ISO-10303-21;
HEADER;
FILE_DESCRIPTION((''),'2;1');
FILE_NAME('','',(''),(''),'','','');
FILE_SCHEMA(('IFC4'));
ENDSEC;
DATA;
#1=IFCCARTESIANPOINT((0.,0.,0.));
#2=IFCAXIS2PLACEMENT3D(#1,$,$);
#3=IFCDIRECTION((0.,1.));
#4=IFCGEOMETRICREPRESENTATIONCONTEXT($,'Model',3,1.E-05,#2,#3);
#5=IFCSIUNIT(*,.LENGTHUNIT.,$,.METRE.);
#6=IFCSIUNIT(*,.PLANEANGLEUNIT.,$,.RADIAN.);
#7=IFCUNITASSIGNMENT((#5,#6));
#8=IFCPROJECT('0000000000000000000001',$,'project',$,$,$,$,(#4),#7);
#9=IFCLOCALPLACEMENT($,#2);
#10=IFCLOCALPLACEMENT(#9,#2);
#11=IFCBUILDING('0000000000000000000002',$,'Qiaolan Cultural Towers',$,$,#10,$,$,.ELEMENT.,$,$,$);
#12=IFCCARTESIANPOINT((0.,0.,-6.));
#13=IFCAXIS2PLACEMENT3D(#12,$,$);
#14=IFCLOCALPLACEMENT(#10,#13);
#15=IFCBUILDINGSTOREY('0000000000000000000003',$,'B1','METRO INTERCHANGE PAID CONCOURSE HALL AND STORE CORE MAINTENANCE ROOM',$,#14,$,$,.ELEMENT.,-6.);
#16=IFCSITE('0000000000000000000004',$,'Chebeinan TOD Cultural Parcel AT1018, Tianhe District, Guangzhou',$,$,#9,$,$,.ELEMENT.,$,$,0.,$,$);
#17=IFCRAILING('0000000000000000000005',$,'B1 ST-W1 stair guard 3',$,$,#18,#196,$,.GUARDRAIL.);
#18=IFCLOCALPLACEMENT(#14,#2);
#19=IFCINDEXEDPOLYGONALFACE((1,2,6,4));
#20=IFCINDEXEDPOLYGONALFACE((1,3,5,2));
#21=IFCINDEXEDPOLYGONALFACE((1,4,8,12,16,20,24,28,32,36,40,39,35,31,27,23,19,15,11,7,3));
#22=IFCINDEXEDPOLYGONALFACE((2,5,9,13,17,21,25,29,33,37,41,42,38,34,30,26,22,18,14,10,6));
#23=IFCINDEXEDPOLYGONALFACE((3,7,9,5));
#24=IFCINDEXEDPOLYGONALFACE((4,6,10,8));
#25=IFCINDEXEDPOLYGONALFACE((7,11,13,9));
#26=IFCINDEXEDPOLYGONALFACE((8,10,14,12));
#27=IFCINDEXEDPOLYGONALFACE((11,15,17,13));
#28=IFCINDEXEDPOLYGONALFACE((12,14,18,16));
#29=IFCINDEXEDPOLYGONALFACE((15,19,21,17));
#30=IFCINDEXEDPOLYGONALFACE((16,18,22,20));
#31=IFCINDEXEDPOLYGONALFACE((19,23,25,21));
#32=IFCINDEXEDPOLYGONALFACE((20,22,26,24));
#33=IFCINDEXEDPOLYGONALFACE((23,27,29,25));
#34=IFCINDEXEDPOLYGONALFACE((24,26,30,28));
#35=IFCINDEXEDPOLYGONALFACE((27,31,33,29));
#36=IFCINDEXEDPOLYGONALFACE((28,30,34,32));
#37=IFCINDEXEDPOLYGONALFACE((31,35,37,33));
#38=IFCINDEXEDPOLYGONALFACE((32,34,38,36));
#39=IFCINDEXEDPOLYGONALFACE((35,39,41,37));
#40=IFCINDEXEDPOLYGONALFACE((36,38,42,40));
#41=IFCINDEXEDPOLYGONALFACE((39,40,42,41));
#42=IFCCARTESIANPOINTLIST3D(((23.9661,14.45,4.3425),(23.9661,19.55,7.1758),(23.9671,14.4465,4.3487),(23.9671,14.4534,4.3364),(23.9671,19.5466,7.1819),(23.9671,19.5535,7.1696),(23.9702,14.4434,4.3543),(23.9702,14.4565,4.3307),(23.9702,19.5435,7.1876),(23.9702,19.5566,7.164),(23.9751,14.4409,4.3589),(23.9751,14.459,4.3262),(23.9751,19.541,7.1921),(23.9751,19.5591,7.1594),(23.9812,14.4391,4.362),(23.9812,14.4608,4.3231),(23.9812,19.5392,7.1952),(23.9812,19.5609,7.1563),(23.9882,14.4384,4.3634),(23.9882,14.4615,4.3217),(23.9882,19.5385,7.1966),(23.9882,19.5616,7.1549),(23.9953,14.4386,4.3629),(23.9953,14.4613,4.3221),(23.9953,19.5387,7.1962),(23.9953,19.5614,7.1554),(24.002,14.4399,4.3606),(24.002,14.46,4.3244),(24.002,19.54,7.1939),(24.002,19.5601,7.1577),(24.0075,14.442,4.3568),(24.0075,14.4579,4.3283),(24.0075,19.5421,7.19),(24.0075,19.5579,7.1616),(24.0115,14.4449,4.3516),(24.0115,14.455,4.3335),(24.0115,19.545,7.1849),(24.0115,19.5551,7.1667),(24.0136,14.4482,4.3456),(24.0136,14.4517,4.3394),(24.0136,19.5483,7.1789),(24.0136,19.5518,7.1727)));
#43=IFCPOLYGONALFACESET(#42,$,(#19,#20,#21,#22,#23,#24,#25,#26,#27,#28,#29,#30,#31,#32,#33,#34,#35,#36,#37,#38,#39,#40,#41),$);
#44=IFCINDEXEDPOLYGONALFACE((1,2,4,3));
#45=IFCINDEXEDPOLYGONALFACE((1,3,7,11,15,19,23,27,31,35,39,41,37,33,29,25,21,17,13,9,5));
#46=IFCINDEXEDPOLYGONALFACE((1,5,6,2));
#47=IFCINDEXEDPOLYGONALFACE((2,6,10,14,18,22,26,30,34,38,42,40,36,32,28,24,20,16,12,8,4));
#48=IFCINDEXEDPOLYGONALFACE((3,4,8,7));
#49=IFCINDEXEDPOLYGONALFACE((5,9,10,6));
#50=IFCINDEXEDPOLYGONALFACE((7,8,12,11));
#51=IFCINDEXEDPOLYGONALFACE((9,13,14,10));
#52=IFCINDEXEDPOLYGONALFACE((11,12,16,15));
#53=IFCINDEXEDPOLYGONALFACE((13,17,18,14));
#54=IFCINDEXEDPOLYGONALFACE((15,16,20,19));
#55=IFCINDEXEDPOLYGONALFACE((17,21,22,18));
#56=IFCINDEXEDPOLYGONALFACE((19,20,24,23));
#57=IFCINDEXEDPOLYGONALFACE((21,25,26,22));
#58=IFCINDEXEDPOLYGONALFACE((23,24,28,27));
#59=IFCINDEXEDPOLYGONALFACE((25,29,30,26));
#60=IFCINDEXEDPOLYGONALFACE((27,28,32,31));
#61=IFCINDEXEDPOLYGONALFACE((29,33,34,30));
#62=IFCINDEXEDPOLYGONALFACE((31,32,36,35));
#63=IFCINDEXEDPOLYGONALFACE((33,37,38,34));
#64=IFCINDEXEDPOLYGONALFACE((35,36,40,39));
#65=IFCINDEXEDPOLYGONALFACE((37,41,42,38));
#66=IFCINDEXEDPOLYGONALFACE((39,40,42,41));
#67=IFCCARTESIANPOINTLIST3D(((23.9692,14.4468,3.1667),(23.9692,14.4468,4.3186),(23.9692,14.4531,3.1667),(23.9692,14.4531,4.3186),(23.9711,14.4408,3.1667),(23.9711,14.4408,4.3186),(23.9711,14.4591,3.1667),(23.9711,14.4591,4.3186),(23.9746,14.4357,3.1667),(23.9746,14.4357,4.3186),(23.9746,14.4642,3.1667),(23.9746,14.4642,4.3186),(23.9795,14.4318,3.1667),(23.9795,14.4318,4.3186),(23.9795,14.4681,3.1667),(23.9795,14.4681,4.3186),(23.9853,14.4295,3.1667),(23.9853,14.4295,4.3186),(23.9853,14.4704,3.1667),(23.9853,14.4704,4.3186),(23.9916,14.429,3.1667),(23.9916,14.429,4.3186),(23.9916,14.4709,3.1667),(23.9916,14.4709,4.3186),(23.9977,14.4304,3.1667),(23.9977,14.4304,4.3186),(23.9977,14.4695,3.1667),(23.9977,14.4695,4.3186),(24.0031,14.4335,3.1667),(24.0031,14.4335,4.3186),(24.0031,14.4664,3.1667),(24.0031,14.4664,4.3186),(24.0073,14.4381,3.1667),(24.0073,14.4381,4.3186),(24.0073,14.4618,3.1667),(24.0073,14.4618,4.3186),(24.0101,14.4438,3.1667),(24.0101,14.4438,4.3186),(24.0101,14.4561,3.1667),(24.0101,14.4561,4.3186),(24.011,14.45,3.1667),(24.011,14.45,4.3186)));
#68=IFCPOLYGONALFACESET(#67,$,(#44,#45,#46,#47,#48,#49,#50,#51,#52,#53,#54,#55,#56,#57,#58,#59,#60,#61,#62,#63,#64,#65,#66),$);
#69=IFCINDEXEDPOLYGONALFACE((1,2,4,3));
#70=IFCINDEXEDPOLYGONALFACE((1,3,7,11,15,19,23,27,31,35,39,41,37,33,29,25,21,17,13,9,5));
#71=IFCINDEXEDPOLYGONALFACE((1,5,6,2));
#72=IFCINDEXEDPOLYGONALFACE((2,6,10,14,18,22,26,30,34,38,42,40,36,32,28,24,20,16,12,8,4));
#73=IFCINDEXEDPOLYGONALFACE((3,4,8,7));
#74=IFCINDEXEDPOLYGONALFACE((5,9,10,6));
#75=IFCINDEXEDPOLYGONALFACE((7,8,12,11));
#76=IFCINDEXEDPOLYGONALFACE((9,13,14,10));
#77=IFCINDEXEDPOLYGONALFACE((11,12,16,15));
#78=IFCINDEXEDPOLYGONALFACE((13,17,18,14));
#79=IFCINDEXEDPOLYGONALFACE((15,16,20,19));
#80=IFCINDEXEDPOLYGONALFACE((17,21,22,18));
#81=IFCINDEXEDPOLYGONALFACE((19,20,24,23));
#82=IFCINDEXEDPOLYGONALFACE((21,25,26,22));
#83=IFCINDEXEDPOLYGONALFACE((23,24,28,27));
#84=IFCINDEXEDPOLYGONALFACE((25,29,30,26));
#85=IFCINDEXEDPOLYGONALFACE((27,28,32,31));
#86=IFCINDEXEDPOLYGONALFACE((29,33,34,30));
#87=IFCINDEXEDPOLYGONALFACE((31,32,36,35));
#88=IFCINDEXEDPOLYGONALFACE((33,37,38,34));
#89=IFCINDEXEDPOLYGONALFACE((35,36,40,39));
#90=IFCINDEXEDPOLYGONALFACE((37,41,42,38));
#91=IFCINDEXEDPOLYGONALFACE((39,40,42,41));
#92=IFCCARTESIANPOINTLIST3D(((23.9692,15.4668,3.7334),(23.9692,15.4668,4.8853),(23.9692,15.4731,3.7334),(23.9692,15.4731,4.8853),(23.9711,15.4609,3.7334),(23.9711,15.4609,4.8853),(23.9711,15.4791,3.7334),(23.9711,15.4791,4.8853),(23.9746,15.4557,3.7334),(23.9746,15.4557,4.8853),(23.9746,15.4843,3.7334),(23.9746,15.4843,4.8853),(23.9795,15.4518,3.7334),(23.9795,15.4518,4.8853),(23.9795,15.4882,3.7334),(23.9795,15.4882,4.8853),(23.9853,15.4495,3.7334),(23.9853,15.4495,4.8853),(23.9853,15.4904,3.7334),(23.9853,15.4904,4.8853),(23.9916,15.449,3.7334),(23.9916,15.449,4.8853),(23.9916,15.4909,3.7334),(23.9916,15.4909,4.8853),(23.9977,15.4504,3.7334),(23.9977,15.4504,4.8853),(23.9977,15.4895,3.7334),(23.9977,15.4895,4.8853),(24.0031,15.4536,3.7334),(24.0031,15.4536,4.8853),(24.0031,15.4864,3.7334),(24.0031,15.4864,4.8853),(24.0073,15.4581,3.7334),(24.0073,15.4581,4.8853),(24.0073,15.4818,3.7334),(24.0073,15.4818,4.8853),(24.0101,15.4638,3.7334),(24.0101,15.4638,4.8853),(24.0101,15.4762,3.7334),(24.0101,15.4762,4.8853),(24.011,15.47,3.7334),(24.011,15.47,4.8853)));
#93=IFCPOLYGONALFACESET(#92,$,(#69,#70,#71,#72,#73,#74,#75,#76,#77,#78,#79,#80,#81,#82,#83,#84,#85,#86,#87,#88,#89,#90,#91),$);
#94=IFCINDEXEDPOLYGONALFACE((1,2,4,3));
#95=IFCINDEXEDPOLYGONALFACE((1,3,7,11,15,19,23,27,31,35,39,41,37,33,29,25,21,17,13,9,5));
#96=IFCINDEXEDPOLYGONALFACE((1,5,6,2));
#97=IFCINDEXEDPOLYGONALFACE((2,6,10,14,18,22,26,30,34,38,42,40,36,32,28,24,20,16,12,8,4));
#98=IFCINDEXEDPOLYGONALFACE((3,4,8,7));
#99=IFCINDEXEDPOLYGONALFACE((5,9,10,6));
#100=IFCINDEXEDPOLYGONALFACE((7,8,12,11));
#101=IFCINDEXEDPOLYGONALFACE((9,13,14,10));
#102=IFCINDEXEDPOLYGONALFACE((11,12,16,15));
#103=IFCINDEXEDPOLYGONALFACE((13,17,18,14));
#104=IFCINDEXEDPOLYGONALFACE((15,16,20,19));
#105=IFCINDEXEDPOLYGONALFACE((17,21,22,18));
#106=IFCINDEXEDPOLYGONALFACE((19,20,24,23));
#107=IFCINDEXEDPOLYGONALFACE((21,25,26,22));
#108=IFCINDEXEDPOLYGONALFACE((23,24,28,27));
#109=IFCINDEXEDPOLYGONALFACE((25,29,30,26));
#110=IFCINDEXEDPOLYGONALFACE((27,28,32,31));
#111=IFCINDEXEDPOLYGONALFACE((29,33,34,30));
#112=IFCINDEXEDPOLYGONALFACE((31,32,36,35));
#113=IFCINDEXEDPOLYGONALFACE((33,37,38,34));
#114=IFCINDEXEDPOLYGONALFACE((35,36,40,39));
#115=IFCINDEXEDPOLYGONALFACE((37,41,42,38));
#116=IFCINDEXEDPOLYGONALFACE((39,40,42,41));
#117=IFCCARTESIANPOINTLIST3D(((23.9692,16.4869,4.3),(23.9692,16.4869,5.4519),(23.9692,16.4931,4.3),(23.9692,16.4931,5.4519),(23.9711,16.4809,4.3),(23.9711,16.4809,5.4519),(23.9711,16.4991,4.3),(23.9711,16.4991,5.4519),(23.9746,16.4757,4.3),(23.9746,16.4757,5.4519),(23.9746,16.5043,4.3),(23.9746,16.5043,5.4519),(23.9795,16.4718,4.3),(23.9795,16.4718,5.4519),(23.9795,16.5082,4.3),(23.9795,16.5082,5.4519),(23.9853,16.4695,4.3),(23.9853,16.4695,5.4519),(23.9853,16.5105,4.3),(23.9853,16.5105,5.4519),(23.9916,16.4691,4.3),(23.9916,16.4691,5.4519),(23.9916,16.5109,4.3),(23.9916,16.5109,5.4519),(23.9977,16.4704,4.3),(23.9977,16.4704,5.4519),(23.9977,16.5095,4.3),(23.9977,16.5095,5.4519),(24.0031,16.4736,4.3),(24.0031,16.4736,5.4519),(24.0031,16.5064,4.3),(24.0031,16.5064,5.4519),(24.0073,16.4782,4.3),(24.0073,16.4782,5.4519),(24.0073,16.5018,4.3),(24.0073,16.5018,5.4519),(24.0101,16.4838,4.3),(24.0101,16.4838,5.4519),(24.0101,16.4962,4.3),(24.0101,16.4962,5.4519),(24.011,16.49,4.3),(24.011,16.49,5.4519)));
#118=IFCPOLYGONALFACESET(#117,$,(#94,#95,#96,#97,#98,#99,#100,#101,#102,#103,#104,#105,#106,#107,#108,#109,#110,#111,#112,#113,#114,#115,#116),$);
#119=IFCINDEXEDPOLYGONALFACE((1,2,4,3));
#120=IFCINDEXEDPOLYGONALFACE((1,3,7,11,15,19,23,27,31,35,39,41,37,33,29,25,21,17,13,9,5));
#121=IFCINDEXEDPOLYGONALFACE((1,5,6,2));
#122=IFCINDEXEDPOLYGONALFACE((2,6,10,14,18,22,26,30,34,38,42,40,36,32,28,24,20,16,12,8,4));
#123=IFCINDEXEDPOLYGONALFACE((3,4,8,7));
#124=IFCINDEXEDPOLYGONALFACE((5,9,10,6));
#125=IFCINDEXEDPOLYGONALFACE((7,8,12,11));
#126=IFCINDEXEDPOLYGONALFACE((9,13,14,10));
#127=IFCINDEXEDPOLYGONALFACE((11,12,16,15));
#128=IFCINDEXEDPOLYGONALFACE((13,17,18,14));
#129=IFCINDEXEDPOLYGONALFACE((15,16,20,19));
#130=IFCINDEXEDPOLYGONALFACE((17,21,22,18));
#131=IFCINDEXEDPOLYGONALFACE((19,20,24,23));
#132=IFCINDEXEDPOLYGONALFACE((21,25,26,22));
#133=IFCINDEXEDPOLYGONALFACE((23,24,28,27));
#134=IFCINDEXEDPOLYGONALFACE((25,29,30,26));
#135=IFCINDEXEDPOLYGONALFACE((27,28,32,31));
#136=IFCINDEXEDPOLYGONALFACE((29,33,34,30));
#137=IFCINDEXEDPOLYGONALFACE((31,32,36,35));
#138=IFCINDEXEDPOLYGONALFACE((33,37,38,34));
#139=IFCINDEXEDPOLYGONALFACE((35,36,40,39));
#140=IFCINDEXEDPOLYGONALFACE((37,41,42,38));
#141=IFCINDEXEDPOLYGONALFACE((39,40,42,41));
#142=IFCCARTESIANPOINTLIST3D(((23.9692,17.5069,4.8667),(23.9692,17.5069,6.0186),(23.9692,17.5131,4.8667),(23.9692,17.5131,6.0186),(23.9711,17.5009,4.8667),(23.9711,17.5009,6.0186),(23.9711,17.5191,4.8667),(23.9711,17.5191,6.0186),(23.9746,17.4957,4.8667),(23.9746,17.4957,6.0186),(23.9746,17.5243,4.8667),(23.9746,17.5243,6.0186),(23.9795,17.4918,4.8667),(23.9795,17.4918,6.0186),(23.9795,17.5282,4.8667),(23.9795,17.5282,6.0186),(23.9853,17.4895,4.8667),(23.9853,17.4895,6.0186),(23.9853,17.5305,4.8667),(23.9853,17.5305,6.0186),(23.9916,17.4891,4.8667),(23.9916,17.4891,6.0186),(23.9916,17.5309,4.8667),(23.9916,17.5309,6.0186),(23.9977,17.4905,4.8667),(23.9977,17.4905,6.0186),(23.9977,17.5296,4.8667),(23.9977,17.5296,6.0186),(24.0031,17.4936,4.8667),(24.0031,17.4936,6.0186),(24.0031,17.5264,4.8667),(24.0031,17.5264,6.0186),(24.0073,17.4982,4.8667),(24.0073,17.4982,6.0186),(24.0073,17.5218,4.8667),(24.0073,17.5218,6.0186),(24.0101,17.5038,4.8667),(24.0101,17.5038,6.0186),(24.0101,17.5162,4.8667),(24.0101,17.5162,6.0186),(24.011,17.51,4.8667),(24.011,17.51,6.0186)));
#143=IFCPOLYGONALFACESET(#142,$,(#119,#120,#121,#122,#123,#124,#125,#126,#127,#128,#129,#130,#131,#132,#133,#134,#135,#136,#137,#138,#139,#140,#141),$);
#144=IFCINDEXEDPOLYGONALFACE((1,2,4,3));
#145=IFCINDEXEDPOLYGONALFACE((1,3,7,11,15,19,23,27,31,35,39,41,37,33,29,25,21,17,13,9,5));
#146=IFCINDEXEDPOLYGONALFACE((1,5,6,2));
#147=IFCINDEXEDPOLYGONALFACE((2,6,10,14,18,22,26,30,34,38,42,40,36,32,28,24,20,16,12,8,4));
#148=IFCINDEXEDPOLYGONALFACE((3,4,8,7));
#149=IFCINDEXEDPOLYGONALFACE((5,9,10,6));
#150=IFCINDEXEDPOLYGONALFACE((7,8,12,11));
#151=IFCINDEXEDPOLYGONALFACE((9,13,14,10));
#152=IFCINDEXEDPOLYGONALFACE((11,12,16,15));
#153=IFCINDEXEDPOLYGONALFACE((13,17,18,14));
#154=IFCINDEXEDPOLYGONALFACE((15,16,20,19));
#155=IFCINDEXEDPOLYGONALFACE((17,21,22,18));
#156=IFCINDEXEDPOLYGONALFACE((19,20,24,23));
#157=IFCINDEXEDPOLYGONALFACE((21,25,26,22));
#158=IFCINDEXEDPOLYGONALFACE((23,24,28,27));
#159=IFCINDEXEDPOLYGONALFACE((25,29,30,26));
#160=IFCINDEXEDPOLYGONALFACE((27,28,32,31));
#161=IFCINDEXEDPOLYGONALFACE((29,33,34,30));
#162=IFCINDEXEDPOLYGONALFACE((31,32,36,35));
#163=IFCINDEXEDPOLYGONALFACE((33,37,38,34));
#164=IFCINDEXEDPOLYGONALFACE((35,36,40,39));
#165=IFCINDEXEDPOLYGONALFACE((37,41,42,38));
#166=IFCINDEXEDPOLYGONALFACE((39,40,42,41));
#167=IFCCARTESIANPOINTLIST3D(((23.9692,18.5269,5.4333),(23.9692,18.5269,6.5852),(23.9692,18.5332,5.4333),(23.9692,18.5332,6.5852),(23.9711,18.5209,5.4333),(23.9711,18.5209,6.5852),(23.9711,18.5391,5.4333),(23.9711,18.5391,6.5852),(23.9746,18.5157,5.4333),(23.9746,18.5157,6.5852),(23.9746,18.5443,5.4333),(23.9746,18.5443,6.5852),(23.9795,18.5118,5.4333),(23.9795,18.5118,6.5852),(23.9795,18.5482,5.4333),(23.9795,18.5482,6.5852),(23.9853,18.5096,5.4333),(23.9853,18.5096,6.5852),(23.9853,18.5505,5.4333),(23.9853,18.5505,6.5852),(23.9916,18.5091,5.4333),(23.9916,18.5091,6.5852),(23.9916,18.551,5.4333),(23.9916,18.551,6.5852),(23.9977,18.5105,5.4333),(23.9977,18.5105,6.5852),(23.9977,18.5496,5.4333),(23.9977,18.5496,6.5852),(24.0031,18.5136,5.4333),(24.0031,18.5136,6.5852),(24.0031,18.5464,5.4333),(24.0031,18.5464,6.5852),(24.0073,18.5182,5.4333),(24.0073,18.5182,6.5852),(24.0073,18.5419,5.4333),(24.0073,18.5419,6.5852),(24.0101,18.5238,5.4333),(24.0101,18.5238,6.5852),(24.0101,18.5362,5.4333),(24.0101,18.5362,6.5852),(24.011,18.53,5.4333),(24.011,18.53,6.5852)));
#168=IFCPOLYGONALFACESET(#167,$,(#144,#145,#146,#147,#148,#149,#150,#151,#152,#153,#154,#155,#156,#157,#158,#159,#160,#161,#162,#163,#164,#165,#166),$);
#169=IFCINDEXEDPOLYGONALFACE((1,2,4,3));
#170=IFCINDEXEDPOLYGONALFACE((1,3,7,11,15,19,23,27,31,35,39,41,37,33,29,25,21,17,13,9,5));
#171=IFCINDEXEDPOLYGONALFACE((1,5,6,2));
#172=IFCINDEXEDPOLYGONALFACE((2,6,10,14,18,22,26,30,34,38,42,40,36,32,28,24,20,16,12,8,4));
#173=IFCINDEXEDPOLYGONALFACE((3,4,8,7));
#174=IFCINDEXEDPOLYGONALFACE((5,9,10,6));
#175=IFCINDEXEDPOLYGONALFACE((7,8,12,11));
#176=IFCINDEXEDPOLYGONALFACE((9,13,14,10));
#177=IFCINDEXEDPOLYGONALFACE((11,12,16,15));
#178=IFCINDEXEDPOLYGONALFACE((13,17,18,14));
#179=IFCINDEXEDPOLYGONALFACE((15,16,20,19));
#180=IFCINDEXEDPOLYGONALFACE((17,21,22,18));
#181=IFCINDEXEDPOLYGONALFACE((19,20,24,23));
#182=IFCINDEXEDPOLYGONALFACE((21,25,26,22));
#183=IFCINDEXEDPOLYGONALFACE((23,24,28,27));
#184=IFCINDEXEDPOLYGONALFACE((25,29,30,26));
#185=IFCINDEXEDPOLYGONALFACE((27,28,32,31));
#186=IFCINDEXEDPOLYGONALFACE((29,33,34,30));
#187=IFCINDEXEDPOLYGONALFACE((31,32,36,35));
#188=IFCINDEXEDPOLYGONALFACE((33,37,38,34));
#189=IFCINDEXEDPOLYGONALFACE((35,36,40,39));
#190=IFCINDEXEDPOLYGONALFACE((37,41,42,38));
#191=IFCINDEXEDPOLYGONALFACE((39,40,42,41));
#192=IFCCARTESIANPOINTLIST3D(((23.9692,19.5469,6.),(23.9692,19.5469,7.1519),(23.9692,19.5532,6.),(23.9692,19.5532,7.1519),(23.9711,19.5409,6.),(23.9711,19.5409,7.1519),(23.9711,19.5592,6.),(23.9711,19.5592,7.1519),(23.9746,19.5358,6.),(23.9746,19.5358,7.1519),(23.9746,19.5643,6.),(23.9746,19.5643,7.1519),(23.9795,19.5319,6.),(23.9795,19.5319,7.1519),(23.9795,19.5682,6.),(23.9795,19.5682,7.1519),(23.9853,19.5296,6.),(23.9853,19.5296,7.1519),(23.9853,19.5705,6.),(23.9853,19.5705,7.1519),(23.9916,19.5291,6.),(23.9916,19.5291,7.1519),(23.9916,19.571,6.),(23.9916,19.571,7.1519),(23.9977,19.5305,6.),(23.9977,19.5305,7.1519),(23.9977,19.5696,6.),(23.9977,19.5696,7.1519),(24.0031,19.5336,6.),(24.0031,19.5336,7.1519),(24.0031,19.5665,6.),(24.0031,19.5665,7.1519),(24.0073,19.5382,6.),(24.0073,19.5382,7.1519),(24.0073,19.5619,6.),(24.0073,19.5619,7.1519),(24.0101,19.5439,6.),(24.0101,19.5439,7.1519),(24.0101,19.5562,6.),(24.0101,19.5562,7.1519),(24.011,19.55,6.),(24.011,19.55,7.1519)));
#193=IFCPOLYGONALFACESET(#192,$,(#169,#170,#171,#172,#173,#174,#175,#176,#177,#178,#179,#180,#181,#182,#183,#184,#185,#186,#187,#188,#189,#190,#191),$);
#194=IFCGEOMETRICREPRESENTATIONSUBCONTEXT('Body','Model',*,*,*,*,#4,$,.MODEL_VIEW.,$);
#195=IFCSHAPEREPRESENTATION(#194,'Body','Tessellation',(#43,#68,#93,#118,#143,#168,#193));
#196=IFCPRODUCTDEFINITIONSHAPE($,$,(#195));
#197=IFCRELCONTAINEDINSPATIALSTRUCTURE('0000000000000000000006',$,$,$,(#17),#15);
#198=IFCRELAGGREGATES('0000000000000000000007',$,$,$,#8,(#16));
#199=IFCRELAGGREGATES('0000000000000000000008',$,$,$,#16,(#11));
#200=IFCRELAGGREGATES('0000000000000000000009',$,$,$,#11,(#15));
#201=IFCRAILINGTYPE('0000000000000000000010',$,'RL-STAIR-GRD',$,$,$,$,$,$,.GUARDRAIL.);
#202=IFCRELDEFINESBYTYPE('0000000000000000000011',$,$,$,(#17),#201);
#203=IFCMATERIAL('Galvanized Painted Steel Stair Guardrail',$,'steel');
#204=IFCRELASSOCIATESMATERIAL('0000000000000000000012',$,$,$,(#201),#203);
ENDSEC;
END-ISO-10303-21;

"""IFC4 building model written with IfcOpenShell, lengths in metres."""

from ifc_helpers import new_model, si_unit, direction, frame, origin, origin_2d, place, context, subcontext, project, spatial, circle, extrude, material, type_object, element, save


model = new_model("IFC4")

# Units and contexts
model_context = context("Model", 3, precision=1e-05, world=origin(), true_north=direction((0.0, 1.0)))
body_context = subcontext(model_context, "Body", "Model", "MODEL_VIEW")
ifc_project = project(units=[si_unit("LENGTHUNIT", "METRE"), si_unit("PLANEANGLEUNIT", "RADIAN")], contexts=[model_context])

# Site, building, storey
site_placement = place(None, origin())
site = spatial("IfcSite", under=ifc_project, at=site_placement, Name="Chebeinan TOD Cultural Parcel AT1018, Tianhe District, Guangzhou", CompositionType="ELEMENT", RefElevation=0.0)
building_placement = place(site_placement, origin())
building = spatial("IfcBuilding", under=site, at=building_placement, Name="Qiaolan Cultural Towers", CompositionType="ELEMENT")
storey_placement = place(building_placement, frame((0.0, 0.0, -6.0)))
storey = spatial("IfcBuildingStorey", under=building, at=storey_placement, Name="B1", Description="METRO INTERCHANGE PAID CONCOURSE HALL AND STORE CORE MAINTENANCE ROOM", CompositionType="ELEMENT", Elevation=-6.0)

# Railing
ifc_material_1 = material(Name="Galvanized Painted Steel Stair Guardrail", Category="steel")
railing_type_1 = type_object("IfcRailingType", Name="RL-STAIR-GRD", PredefinedType="GUARDRAIL", material=ifc_material_1)
railing_1_placement = place(storey_placement, frame((23.99, 14.45, 3.1667)))
element("IfcRailing", 1, at=railing_1_placement, inside=storey, type_object=railing_type_1, Name="B1 ST-W1 stair guard 3", PredefinedType="GUARDRAIL", context=body_context, shape_type="SweptSolid", body=[
    extrude(circle(Radius=0.0239, at=origin_2d()), frame((0.0, 0.0, 1.1758), z_axis=(0.0, 0.874167, 0.485625), x_axis=(-1.0, 0.0, 0.0)), (0.0, 0.0, 1.0), 5.8342),
    extrude(circle(Radius=0.021, at=origin_2d()), origin(), (0.0, 0.0, 1.0), 1.1519),
    extrude(circle(Radius=0.021, at=origin_2d()), frame((0.0, 1.02, 0.5667)), (0.0, 0.0, 1.0), 1.1519),
    extrude(circle(Radius=0.021, at=origin_2d()), frame((0.0, 2.04, 1.1333)), (0.0, 0.0, 1.0), 1.1519),
    extrude(circle(Radius=0.021, at=origin_2d()), frame((0.0, 3.0601, 1.7)), (0.0, 0.0, 1.0), 1.1519),
    extrude(circle(Radius=0.021, at=origin_2d()), frame((0.0, 4.0801, 2.2666)), (0.0, 0.0, 1.0), 1.1519),
    extrude(circle(Radius=0.021, at=origin_2d()), frame((0.0, 5.1001, 2.8333)), (0.0, 0.0, 1.0), 1.1519),
])

save(model, "model.ifc")
